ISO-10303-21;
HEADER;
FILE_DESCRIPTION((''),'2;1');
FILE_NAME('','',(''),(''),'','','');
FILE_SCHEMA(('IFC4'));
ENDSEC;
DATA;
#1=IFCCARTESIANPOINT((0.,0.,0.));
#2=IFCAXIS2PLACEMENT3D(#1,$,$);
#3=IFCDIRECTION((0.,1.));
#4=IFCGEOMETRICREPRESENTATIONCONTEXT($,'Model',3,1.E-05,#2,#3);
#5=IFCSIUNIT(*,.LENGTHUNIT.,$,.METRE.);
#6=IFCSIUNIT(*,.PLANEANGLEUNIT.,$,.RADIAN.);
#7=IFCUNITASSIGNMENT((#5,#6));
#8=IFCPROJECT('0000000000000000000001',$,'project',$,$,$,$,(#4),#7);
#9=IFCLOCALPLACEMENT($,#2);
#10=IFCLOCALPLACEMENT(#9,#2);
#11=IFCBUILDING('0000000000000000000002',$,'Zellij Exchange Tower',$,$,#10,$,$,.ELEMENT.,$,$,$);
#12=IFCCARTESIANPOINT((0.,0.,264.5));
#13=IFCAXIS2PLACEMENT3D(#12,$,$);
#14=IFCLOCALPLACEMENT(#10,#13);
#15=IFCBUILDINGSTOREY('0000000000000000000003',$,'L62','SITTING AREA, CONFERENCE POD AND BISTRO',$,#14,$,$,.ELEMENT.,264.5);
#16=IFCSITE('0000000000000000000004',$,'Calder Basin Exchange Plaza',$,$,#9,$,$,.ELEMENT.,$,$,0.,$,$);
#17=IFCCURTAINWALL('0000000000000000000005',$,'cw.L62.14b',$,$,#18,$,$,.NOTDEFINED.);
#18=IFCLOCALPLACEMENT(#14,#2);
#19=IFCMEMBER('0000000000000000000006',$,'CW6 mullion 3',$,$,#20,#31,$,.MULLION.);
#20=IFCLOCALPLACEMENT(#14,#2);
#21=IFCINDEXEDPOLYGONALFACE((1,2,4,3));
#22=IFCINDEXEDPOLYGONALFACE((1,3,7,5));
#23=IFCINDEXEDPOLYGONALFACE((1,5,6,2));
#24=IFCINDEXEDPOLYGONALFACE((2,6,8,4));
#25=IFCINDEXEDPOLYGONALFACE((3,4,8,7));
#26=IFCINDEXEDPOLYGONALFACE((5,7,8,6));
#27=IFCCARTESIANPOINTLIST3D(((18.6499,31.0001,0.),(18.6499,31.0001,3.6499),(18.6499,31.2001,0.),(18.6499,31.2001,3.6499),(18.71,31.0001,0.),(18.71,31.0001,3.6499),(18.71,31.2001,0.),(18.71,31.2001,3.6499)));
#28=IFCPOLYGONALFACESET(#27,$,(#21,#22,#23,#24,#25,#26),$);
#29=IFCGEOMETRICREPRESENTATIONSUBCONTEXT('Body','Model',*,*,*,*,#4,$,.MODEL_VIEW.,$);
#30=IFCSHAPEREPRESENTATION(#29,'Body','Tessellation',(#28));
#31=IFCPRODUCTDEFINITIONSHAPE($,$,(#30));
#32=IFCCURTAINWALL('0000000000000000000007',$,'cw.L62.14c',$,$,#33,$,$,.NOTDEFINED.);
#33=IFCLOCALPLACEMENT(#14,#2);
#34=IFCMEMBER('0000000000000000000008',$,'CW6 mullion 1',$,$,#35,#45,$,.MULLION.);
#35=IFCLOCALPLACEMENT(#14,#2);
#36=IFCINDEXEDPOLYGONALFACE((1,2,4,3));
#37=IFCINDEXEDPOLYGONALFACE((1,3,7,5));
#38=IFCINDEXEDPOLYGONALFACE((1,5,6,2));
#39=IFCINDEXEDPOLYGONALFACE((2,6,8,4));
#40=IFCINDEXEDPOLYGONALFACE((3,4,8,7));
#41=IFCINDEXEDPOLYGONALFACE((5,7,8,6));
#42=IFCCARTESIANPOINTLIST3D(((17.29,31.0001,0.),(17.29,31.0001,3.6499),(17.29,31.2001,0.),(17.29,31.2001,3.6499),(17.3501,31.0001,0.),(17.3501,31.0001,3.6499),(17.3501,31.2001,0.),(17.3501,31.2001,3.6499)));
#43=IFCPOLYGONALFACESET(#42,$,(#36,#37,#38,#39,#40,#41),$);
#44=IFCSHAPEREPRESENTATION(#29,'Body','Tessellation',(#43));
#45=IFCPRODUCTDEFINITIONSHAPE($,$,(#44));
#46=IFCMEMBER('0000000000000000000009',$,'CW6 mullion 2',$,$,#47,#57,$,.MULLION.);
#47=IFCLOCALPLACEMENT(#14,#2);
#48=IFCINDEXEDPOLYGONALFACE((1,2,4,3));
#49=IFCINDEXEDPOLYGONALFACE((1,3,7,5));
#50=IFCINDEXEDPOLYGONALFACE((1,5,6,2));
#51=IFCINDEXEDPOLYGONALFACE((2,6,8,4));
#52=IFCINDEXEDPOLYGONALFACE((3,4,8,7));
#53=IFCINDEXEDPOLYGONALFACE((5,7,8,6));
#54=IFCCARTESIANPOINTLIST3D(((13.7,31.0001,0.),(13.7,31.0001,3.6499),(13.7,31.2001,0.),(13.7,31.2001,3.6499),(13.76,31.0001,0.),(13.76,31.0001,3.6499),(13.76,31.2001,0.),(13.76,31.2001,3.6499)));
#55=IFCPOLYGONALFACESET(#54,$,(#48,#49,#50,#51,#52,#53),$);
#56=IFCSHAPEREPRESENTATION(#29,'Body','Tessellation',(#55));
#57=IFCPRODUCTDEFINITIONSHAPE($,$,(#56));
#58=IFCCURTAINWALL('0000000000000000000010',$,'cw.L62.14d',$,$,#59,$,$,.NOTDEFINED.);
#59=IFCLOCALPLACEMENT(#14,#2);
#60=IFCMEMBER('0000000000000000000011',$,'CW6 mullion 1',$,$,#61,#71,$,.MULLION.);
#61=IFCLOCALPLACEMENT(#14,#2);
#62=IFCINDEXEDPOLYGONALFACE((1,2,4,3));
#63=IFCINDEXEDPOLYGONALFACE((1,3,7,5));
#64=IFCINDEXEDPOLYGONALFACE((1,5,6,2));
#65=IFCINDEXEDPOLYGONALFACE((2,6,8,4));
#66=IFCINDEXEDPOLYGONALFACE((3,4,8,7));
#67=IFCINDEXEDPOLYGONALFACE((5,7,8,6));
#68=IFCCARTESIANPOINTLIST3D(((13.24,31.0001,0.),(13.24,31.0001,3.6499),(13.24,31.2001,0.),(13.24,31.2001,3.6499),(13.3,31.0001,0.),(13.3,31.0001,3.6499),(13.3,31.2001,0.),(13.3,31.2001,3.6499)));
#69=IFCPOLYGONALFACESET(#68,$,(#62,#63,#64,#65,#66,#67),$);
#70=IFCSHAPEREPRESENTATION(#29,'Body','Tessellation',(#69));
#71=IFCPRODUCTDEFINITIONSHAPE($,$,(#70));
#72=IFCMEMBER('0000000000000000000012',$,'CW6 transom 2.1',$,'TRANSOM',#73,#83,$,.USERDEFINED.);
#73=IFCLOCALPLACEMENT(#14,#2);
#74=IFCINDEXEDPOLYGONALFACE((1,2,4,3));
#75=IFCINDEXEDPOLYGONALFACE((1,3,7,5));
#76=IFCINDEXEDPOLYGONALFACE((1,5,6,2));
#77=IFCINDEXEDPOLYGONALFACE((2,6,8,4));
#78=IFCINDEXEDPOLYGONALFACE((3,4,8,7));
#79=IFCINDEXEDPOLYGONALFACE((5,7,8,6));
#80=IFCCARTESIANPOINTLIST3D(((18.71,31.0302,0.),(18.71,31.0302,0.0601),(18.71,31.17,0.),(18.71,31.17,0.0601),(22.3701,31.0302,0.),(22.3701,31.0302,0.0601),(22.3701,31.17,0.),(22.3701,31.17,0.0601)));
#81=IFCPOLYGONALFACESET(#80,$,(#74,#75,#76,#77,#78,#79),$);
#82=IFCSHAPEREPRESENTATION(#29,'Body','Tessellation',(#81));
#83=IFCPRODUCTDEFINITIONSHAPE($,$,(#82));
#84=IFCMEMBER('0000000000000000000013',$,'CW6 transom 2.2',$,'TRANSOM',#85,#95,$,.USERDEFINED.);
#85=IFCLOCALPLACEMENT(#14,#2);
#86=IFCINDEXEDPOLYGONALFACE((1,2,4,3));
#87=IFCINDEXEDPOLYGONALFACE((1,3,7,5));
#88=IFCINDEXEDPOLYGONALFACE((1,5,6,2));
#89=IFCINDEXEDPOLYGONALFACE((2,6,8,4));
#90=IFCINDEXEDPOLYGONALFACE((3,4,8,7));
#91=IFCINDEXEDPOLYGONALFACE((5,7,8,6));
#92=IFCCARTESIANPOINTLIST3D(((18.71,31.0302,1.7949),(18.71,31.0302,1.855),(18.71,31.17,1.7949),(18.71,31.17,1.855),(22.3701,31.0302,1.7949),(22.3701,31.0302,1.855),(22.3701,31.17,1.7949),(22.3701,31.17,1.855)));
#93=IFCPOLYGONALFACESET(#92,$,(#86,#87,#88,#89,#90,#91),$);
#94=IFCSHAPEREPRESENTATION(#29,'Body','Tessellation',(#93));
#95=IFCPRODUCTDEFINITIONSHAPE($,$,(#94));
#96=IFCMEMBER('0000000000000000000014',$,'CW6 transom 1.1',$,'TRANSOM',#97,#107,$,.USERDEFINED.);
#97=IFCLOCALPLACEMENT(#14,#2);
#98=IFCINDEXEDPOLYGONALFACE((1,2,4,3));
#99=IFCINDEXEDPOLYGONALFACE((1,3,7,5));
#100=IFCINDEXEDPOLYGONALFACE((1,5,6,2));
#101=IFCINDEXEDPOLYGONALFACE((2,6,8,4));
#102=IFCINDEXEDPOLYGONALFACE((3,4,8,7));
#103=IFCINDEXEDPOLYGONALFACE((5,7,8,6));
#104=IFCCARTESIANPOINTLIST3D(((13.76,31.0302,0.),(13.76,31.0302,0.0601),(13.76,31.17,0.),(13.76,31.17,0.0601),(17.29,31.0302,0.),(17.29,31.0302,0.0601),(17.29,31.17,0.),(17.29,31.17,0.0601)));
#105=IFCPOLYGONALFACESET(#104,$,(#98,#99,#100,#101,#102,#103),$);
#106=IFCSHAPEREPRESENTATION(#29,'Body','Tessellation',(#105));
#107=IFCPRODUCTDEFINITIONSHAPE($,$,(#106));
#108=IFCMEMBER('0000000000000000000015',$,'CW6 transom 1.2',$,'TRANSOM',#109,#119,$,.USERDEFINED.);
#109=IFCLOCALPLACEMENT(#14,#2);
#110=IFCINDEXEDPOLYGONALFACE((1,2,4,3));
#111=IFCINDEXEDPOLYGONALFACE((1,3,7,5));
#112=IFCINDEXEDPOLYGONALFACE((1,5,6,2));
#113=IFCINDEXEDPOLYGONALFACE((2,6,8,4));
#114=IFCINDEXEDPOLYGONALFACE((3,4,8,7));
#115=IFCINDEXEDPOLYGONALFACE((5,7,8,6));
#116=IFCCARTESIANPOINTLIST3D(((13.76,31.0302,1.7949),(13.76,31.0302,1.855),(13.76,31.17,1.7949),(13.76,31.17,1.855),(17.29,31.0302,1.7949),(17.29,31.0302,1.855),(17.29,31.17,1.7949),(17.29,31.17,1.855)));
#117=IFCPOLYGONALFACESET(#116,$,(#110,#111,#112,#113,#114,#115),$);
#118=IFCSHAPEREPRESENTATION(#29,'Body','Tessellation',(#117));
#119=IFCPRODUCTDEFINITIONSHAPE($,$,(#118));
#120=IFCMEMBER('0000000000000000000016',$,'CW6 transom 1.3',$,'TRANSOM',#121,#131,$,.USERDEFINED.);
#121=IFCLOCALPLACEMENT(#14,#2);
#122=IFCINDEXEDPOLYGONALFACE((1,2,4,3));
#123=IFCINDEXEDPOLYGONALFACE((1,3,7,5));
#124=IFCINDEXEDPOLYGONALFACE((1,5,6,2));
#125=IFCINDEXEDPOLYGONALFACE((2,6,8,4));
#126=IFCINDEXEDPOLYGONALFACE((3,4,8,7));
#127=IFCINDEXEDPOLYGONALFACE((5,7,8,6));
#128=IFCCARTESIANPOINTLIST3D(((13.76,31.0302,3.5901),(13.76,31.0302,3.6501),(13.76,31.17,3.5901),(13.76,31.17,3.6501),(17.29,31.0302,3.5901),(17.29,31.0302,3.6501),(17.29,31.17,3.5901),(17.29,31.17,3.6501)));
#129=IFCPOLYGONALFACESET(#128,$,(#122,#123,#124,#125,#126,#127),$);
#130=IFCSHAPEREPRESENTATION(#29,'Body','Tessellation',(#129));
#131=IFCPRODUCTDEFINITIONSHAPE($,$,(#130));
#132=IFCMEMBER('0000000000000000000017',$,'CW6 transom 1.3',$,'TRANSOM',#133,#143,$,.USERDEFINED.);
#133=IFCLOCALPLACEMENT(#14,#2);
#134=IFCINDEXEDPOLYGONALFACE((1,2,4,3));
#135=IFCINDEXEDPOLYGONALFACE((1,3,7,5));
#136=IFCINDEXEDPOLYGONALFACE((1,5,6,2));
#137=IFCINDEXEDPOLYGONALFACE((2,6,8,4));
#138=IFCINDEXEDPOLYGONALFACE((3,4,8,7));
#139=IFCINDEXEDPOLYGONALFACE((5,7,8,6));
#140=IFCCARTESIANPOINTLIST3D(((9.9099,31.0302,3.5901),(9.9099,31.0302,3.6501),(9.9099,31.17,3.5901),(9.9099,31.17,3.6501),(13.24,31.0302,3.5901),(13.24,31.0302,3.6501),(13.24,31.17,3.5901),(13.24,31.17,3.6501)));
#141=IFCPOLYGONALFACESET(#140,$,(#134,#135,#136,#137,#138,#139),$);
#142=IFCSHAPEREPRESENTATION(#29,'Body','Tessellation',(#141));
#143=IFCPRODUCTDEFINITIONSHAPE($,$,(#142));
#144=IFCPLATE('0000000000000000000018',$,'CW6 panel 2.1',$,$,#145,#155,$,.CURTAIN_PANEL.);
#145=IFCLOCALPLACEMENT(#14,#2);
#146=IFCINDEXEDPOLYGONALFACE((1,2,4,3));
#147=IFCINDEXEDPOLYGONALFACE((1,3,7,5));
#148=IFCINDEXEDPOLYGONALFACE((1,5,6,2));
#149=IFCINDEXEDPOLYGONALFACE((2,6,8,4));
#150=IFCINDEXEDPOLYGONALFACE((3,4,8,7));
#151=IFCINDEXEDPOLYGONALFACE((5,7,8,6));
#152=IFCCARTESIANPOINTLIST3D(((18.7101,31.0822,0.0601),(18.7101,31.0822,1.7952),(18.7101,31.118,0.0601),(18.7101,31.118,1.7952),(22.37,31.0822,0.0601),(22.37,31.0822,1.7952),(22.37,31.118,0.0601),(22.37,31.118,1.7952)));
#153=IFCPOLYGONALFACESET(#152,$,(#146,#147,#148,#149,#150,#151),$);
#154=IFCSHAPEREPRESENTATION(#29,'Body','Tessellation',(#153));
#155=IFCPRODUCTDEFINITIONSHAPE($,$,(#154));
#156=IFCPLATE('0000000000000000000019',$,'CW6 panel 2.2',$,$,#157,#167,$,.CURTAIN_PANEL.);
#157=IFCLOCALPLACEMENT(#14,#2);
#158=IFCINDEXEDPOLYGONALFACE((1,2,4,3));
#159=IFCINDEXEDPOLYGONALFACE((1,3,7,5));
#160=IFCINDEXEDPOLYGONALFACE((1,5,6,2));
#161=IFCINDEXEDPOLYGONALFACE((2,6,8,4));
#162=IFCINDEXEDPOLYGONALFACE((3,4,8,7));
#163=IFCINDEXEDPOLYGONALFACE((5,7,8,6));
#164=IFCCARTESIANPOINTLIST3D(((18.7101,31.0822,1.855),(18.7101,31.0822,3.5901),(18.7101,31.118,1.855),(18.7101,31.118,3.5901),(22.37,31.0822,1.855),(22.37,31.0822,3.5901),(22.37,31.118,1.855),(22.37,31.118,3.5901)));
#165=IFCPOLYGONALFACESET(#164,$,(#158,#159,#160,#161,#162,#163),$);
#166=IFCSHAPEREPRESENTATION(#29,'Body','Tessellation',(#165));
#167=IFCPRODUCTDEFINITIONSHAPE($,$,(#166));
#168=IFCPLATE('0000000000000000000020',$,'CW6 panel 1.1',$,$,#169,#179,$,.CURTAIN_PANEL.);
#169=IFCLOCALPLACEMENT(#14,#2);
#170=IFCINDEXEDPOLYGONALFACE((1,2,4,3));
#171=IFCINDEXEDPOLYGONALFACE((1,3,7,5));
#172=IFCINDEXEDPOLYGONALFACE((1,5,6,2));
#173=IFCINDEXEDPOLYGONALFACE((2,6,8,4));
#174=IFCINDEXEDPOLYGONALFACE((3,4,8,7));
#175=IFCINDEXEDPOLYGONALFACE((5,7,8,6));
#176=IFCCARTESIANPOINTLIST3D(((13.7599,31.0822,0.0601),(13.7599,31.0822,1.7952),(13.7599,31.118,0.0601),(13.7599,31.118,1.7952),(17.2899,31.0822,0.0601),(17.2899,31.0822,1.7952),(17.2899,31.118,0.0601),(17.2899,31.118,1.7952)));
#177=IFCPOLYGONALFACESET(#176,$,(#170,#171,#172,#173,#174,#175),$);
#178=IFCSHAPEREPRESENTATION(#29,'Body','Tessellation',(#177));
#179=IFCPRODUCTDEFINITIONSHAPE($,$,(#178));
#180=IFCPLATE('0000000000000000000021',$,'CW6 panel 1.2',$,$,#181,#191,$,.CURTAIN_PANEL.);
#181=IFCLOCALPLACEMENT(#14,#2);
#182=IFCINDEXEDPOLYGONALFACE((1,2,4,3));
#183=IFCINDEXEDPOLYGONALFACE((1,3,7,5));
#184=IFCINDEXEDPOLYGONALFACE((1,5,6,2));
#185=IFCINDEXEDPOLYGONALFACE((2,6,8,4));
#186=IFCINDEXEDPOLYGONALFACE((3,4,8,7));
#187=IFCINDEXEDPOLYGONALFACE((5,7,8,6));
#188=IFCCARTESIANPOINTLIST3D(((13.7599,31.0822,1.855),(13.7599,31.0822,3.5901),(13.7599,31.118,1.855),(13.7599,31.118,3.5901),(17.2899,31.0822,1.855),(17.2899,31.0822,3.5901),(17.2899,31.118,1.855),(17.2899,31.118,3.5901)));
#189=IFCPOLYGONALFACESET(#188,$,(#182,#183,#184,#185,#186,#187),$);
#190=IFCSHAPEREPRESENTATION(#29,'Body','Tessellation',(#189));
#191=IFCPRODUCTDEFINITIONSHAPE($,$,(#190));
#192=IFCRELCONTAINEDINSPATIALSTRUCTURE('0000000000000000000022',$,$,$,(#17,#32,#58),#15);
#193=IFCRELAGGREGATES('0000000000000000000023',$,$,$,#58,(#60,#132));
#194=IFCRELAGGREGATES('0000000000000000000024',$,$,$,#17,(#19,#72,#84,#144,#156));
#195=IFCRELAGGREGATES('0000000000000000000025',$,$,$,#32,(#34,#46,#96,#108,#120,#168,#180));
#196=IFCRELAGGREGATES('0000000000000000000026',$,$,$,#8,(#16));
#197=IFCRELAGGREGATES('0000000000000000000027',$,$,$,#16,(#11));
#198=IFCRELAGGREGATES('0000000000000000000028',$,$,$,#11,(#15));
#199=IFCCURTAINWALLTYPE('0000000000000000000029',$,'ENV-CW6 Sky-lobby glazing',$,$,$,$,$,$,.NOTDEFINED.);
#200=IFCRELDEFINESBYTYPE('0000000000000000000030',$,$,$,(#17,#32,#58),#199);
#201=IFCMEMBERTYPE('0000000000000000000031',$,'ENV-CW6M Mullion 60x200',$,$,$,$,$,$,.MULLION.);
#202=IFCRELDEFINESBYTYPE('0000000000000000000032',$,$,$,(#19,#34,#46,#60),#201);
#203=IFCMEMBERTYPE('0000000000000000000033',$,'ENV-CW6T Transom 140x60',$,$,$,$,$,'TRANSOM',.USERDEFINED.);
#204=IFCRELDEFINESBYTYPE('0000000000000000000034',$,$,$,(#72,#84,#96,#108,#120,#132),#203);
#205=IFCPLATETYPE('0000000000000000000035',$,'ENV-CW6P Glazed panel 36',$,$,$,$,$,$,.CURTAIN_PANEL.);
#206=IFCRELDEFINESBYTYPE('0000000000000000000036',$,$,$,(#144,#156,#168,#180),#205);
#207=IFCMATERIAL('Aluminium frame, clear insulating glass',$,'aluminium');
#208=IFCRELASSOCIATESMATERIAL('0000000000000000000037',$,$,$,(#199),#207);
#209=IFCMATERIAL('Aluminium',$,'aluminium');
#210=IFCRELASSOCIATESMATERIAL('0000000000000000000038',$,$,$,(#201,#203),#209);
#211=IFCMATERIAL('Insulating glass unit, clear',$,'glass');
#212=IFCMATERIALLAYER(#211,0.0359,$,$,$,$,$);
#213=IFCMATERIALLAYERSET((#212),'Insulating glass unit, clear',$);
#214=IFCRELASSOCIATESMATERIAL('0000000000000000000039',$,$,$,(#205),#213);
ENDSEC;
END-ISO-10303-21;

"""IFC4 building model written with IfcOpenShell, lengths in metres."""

from ifc_helpers import new_model, si_unit, direction, frame, origin, origin_2d, place, context, subcontext, project, spatial, rectangle, extrude, material, layer, layer_set, material_profile, profile_set, type_object, element, aggregate, save


model = new_model("IFC4")

# Units and contexts
model_context = context("Model", 3, precision=1e-05, world=origin(), true_north=direction((0.0, 1.0)))
body_context = subcontext(model_context, "Body", "Model", "MODEL_VIEW")
ifc_project = project(units=[si_unit("LENGTHUNIT", "METRE"), si_unit("PLANEANGLEUNIT", "RADIAN")], contexts=[model_context])

# Site, building, storey
site_placement = place(None, origin())
site = spatial("IfcSite", under=ifc_project, at=site_placement, Name="Calder Basin Exchange Plaza", CompositionType="ELEMENT", RefElevation=0.0)
building_placement = place(site_placement, origin())
building = spatial("IfcBuilding", under=site, at=building_placement, Name="Zellij Exchange Tower", CompositionType="ELEMENT")
storey_placement = place(building_placement, frame((0.0, 0.0, 264.5)))
storey = spatial("IfcBuildingStorey", under=building, at=storey_placement, Name="L62", Description="SITTING AREA, CONFERENCE POD AND BISTRO", CompositionType="ELEMENT", Elevation=264.5)

# Curtain wall, member
ifc_material_1 = material(Name="Aluminium frame, clear insulating glass", Category="aluminium")
curtain_wall_type = type_object("IfcCurtainWallType", Name="ENV-CW6 Sky-lobby glazing", PredefinedType="NOTDEFINED", material=ifc_material_1)
curtain_wall_1_placement = place(storey_placement, origin())
curtain_wall_1 = element("IfcCurtainWall", 1, at=curtain_wall_1_placement, inside=storey, type_object=curtain_wall_type, Name="cw.L62.14b", PredefinedType="NOTDEFINED")
ifc_material_2 = material(Name="Aluminium", Category="aluminium")
ifc_material_profile_1 = material_profile(ifc_material_2, rectangle(XDim=0.0601, YDim=0.2, at=origin_2d()), Name="AL 60x200")
ifc_profile_set_1 = profile_set([ifc_material_profile_1], Name="Aluminium")
member_type_1 = type_object("IfcMemberType", Name="ENV-CW6M Mullion 60x200", PredefinedType="MULLION", material=ifc_profile_set_1)
member_1_placement = place(storey_placement, frame((18.6799, 31.1001, 0.0), z_axis=(0.0, 0.0, 1.0), x_axis=(-1.0, 0.0, 0.0)))
member_1 = element("IfcMember", 2, at=member_1_placement, type_object=member_type_1, Name="CW6 mullion 3", PredefinedType="MULLION", context=body_context, shape_type="SweptSolid", body=[
    extrude(rectangle(XDim=0.0601, YDim=0.2, at=origin_2d()), origin(), (0.0, 0.0, 1.0), 3.6499),
])

# Curtain wall, members
curtain_wall_2_placement = place(storey_placement, origin())
curtain_wall_2 = element("IfcCurtainWall", 3, at=curtain_wall_2_placement, inside=storey, type_object=curtain_wall_type, Name="cw.L62.14c", PredefinedType="NOTDEFINED")
member_2_placement = place(storey_placement, frame((17.3201, 31.1001, 0.0), z_axis=(0.0, 0.0, 1.0), x_axis=(-1.0, 0.0, 0.0)))
member_2 = element("IfcMember", 4, at=member_2_placement, type_object=member_type_1, Name="CW6 mullion 1", PredefinedType="MULLION", context=body_context, shape_type="SweptSolid", body=[
    extrude(rectangle(XDim=0.0601, YDim=0.2, at=origin_2d()), origin(), (0.0, 0.0, 1.0), 3.6499),
])
member_3_placement = place(storey_placement, frame((13.73, 31.1001, 0.0), z_axis=(0.0, 0.0, 1.0), x_axis=(-1.0, 0.0, 0.0)))
member_3 = element("IfcMember", 5, at=member_3_placement, type_object=member_type_1, Name="CW6 mullion 2", PredefinedType="MULLION", context=body_context, shape_type="SweptSolid", body=[
    extrude(rectangle(XDim=0.0601, YDim=0.2, at=origin_2d()), origin(), (0.0, 0.0, 1.0), 3.6499),
])

# Curtain wall, member
curtain_wall_3_placement = place(storey_placement, origin())
curtain_wall_3 = element("IfcCurtainWall", 6, at=curtain_wall_3_placement, inside=storey, type_object=curtain_wall_type, Name="cw.L62.14d", PredefinedType="NOTDEFINED")
member_4_placement = place(storey_placement, frame((13.27, 31.1001, 0.0), z_axis=(0.0, 0.0, 1.0), x_axis=(-1.0, 0.0, 0.0)))
member_4 = element("IfcMember", 7, at=member_4_placement, type_object=member_type_1, Name="CW6 mullion 1", PredefinedType="MULLION", context=body_context, shape_type="SweptSolid", body=[
    extrude(rectangle(XDim=0.0601, YDim=0.2, at=origin_2d()), origin(), (0.0, 0.0, 1.0), 3.6499),
])

# Members
ifc_material_profile_2 = material_profile(ifc_material_2, rectangle(XDim=0.1399, YDim=0.0601, at=origin_2d()), Name="AL 140x60")
ifc_profile_set_2 = profile_set([ifc_material_profile_2], Name="Aluminium")
member_type_2 = type_object("IfcMemberType", Name="ENV-CW6T Transom 140x60", ElementType="TRANSOM", PredefinedType="USERDEFINED", material=ifc_profile_set_2)
member_5_placement = place(storey_placement, frame((22.3701, 31.1001, 0.03), z_axis=(-1.0, 0.0, 0.0), x_axis=(0.0, -1.0, 0.0)))
member_5 = element("IfcMember", 8, at=member_5_placement, type_object=member_type_2, Name="CW6 transom 2.1", ObjectType="TRANSOM", PredefinedType="USERDEFINED", context=body_context, shape_type="SweptSolid", body=[
    extrude(rectangle(XDim=0.1399, YDim=0.0601, at=origin_2d()), origin(), (0.0, 0.0, 1.0), 3.6602),
])
member_6_placement = place(storey_placement, frame((22.3701, 31.1001, 1.825), z_axis=(-1.0, 0.0, 0.0), x_axis=(0.0, -1.0, 0.0)))
member_6 = element("IfcMember", 9, at=member_6_placement, type_object=member_type_2, Name="CW6 transom 2.2", ObjectType="TRANSOM", PredefinedType="USERDEFINED", context=body_context, shape_type="SweptSolid", body=[
    extrude(rectangle(XDim=0.1399, YDim=0.0601, at=origin_2d()), origin(), (0.0, 0.0, 1.0), 3.6602),
])
member_7_placement = place(storey_placement, frame((17.29, 31.1001, 0.03), z_axis=(-1.0, 0.0, 0.0), x_axis=(0.0, -1.0, 0.0)))
member_7 = element("IfcMember", 10, at=member_7_placement, type_object=member_type_2, Name="CW6 transom 1.1", ObjectType="TRANSOM", PredefinedType="USERDEFINED", context=body_context, shape_type="SweptSolid", body=[
    extrude(rectangle(XDim=0.1399, YDim=0.0601, at=origin_2d()), origin(), (0.0, 0.0, 1.0), 3.53),
])
member_8_placement = place(storey_placement, frame((17.29, 31.1001, 1.825), z_axis=(-1.0, 0.0, 0.0), x_axis=(0.0, -1.0, 0.0)))
member_8 = element("IfcMember", 11, at=member_8_placement, type_object=member_type_2, Name="CW6 transom 1.2", ObjectType="TRANSOM", PredefinedType="USERDEFINED", context=body_context, shape_type="SweptSolid", body=[
    extrude(rectangle(XDim=0.1399, YDim=0.0601, at=origin_2d()), origin(), (0.0, 0.0, 1.0), 3.53),
])
member_9_placement = place(storey_placement, frame((17.29, 31.1001, 3.6201), z_axis=(-1.0, 0.0, 0.0), x_axis=(0.0, -1.0, 0.0)))
member_9 = element("IfcMember", 12, at=member_9_placement, type_object=member_type_2, Name="CW6 transom 1.3", ObjectType="TRANSOM", PredefinedType="USERDEFINED", context=body_context, shape_type="SweptSolid", body=[
    extrude(rectangle(XDim=0.1399, YDim=0.0601, at=origin_2d()), origin(), (0.0, 0.0, 1.0), 3.53),
])
member_10_placement = place(storey_placement, frame((13.24, 31.1001, 3.6201), z_axis=(-1.0, 0.0, 0.0), x_axis=(0.0, -1.0, 0.0)))
member_10 = element("IfcMember", 13, at=member_10_placement, type_object=member_type_2, Name="CW6 transom 1.3", ObjectType="TRANSOM", PredefinedType="USERDEFINED", context=body_context, shape_type="SweptSolid", body=[
    extrude(rectangle(XDim=0.1399, YDim=0.0601, at=origin_2d()), origin(), (0.0, 0.0, 1.0), 3.3301),
])
aggregate(curtain_wall_3, [member_4, member_10])

# Plates
ifc_material_3 = material(Name="Insulating glass unit, clear", Category="glass")
ifc_layer_1 = layer(ifc_material_3, 0.0359)
ifc_layer_set_1 = layer_set([ifc_layer_1], Name="Insulating glass unit, clear")
plate_type = type_object("IfcPlateType", Name="ENV-CW6P Glazed panel 36", PredefinedType="CURTAIN_PANEL", material=ifc_layer_set_1)
plate_1_placement = place(storey_placement, frame((20.54, 31.1001, 0.0601), z_axis=(0.0, 0.0, 1.0), x_axis=(-1.0, 0.0, 0.0)))
plate_1 = element("IfcPlate", 14, at=plate_1_placement, type_object=plate_type, Name="CW6 panel 2.1", PredefinedType="CURTAIN_PANEL", context=body_context, shape_type="SweptSolid", body=[
    extrude(rectangle(XDim=3.6599, YDim=0.0359, at=origin_2d()), origin(), (0.0, 0.0, 1.0), 1.7351),
])
plate_2_placement = place(storey_placement, frame((20.54, 31.1001, 1.855), z_axis=(0.0, 0.0, 1.0), x_axis=(-1.0, 0.0, 0.0)))
plate_2 = element("IfcPlate", 15, at=plate_2_placement, type_object=plate_type, Name="CW6 panel 2.2", PredefinedType="CURTAIN_PANEL", context=body_context, shape_type="SweptSolid", body=[
    extrude(rectangle(XDim=3.6599, YDim=0.0359, at=origin_2d()), origin(), (0.0, 0.0, 1.0), 1.7351),
])
aggregate(curtain_wall_1, [member_1, member_5, member_6, plate_1, plate_2])
plate_3_placement = place(storey_placement, frame((15.5249, 31.1001, 0.0601), z_axis=(0.0, 0.0, 1.0), x_axis=(-1.0, 0.0, 0.0)))
plate_3 = element("IfcPlate", 16, at=plate_3_placement, type_object=plate_type, Name="CW6 panel 1.1", PredefinedType="CURTAIN_PANEL", context=body_context, shape_type="SweptSolid", body=[
    extrude(rectangle(XDim=3.53, YDim=0.0359, at=origin_2d()), origin(), (0.0, 0.0, 1.0), 1.7351),
])
plate_4_placement = place(storey_placement, frame((15.5249, 31.1001, 1.855), z_axis=(0.0, 0.0, 1.0), x_axis=(-1.0, 0.0, 0.0)))
plate_4 = element("IfcPlate", 17, at=plate_4_placement, type_object=plate_type, Name="CW6 panel 1.2", PredefinedType="CURTAIN_PANEL", context=body_context, shape_type="SweptSolid", body=[
    extrude(rectangle(XDim=3.53, YDim=0.0359, at=origin_2d()), origin(), (0.0, 0.0, 1.0), 1.7351),
])
aggregate(curtain_wall_2, [member_2, member_3, member_7, member_8, member_9, plate_3, plate_4])

save(model, "model.ifc")
